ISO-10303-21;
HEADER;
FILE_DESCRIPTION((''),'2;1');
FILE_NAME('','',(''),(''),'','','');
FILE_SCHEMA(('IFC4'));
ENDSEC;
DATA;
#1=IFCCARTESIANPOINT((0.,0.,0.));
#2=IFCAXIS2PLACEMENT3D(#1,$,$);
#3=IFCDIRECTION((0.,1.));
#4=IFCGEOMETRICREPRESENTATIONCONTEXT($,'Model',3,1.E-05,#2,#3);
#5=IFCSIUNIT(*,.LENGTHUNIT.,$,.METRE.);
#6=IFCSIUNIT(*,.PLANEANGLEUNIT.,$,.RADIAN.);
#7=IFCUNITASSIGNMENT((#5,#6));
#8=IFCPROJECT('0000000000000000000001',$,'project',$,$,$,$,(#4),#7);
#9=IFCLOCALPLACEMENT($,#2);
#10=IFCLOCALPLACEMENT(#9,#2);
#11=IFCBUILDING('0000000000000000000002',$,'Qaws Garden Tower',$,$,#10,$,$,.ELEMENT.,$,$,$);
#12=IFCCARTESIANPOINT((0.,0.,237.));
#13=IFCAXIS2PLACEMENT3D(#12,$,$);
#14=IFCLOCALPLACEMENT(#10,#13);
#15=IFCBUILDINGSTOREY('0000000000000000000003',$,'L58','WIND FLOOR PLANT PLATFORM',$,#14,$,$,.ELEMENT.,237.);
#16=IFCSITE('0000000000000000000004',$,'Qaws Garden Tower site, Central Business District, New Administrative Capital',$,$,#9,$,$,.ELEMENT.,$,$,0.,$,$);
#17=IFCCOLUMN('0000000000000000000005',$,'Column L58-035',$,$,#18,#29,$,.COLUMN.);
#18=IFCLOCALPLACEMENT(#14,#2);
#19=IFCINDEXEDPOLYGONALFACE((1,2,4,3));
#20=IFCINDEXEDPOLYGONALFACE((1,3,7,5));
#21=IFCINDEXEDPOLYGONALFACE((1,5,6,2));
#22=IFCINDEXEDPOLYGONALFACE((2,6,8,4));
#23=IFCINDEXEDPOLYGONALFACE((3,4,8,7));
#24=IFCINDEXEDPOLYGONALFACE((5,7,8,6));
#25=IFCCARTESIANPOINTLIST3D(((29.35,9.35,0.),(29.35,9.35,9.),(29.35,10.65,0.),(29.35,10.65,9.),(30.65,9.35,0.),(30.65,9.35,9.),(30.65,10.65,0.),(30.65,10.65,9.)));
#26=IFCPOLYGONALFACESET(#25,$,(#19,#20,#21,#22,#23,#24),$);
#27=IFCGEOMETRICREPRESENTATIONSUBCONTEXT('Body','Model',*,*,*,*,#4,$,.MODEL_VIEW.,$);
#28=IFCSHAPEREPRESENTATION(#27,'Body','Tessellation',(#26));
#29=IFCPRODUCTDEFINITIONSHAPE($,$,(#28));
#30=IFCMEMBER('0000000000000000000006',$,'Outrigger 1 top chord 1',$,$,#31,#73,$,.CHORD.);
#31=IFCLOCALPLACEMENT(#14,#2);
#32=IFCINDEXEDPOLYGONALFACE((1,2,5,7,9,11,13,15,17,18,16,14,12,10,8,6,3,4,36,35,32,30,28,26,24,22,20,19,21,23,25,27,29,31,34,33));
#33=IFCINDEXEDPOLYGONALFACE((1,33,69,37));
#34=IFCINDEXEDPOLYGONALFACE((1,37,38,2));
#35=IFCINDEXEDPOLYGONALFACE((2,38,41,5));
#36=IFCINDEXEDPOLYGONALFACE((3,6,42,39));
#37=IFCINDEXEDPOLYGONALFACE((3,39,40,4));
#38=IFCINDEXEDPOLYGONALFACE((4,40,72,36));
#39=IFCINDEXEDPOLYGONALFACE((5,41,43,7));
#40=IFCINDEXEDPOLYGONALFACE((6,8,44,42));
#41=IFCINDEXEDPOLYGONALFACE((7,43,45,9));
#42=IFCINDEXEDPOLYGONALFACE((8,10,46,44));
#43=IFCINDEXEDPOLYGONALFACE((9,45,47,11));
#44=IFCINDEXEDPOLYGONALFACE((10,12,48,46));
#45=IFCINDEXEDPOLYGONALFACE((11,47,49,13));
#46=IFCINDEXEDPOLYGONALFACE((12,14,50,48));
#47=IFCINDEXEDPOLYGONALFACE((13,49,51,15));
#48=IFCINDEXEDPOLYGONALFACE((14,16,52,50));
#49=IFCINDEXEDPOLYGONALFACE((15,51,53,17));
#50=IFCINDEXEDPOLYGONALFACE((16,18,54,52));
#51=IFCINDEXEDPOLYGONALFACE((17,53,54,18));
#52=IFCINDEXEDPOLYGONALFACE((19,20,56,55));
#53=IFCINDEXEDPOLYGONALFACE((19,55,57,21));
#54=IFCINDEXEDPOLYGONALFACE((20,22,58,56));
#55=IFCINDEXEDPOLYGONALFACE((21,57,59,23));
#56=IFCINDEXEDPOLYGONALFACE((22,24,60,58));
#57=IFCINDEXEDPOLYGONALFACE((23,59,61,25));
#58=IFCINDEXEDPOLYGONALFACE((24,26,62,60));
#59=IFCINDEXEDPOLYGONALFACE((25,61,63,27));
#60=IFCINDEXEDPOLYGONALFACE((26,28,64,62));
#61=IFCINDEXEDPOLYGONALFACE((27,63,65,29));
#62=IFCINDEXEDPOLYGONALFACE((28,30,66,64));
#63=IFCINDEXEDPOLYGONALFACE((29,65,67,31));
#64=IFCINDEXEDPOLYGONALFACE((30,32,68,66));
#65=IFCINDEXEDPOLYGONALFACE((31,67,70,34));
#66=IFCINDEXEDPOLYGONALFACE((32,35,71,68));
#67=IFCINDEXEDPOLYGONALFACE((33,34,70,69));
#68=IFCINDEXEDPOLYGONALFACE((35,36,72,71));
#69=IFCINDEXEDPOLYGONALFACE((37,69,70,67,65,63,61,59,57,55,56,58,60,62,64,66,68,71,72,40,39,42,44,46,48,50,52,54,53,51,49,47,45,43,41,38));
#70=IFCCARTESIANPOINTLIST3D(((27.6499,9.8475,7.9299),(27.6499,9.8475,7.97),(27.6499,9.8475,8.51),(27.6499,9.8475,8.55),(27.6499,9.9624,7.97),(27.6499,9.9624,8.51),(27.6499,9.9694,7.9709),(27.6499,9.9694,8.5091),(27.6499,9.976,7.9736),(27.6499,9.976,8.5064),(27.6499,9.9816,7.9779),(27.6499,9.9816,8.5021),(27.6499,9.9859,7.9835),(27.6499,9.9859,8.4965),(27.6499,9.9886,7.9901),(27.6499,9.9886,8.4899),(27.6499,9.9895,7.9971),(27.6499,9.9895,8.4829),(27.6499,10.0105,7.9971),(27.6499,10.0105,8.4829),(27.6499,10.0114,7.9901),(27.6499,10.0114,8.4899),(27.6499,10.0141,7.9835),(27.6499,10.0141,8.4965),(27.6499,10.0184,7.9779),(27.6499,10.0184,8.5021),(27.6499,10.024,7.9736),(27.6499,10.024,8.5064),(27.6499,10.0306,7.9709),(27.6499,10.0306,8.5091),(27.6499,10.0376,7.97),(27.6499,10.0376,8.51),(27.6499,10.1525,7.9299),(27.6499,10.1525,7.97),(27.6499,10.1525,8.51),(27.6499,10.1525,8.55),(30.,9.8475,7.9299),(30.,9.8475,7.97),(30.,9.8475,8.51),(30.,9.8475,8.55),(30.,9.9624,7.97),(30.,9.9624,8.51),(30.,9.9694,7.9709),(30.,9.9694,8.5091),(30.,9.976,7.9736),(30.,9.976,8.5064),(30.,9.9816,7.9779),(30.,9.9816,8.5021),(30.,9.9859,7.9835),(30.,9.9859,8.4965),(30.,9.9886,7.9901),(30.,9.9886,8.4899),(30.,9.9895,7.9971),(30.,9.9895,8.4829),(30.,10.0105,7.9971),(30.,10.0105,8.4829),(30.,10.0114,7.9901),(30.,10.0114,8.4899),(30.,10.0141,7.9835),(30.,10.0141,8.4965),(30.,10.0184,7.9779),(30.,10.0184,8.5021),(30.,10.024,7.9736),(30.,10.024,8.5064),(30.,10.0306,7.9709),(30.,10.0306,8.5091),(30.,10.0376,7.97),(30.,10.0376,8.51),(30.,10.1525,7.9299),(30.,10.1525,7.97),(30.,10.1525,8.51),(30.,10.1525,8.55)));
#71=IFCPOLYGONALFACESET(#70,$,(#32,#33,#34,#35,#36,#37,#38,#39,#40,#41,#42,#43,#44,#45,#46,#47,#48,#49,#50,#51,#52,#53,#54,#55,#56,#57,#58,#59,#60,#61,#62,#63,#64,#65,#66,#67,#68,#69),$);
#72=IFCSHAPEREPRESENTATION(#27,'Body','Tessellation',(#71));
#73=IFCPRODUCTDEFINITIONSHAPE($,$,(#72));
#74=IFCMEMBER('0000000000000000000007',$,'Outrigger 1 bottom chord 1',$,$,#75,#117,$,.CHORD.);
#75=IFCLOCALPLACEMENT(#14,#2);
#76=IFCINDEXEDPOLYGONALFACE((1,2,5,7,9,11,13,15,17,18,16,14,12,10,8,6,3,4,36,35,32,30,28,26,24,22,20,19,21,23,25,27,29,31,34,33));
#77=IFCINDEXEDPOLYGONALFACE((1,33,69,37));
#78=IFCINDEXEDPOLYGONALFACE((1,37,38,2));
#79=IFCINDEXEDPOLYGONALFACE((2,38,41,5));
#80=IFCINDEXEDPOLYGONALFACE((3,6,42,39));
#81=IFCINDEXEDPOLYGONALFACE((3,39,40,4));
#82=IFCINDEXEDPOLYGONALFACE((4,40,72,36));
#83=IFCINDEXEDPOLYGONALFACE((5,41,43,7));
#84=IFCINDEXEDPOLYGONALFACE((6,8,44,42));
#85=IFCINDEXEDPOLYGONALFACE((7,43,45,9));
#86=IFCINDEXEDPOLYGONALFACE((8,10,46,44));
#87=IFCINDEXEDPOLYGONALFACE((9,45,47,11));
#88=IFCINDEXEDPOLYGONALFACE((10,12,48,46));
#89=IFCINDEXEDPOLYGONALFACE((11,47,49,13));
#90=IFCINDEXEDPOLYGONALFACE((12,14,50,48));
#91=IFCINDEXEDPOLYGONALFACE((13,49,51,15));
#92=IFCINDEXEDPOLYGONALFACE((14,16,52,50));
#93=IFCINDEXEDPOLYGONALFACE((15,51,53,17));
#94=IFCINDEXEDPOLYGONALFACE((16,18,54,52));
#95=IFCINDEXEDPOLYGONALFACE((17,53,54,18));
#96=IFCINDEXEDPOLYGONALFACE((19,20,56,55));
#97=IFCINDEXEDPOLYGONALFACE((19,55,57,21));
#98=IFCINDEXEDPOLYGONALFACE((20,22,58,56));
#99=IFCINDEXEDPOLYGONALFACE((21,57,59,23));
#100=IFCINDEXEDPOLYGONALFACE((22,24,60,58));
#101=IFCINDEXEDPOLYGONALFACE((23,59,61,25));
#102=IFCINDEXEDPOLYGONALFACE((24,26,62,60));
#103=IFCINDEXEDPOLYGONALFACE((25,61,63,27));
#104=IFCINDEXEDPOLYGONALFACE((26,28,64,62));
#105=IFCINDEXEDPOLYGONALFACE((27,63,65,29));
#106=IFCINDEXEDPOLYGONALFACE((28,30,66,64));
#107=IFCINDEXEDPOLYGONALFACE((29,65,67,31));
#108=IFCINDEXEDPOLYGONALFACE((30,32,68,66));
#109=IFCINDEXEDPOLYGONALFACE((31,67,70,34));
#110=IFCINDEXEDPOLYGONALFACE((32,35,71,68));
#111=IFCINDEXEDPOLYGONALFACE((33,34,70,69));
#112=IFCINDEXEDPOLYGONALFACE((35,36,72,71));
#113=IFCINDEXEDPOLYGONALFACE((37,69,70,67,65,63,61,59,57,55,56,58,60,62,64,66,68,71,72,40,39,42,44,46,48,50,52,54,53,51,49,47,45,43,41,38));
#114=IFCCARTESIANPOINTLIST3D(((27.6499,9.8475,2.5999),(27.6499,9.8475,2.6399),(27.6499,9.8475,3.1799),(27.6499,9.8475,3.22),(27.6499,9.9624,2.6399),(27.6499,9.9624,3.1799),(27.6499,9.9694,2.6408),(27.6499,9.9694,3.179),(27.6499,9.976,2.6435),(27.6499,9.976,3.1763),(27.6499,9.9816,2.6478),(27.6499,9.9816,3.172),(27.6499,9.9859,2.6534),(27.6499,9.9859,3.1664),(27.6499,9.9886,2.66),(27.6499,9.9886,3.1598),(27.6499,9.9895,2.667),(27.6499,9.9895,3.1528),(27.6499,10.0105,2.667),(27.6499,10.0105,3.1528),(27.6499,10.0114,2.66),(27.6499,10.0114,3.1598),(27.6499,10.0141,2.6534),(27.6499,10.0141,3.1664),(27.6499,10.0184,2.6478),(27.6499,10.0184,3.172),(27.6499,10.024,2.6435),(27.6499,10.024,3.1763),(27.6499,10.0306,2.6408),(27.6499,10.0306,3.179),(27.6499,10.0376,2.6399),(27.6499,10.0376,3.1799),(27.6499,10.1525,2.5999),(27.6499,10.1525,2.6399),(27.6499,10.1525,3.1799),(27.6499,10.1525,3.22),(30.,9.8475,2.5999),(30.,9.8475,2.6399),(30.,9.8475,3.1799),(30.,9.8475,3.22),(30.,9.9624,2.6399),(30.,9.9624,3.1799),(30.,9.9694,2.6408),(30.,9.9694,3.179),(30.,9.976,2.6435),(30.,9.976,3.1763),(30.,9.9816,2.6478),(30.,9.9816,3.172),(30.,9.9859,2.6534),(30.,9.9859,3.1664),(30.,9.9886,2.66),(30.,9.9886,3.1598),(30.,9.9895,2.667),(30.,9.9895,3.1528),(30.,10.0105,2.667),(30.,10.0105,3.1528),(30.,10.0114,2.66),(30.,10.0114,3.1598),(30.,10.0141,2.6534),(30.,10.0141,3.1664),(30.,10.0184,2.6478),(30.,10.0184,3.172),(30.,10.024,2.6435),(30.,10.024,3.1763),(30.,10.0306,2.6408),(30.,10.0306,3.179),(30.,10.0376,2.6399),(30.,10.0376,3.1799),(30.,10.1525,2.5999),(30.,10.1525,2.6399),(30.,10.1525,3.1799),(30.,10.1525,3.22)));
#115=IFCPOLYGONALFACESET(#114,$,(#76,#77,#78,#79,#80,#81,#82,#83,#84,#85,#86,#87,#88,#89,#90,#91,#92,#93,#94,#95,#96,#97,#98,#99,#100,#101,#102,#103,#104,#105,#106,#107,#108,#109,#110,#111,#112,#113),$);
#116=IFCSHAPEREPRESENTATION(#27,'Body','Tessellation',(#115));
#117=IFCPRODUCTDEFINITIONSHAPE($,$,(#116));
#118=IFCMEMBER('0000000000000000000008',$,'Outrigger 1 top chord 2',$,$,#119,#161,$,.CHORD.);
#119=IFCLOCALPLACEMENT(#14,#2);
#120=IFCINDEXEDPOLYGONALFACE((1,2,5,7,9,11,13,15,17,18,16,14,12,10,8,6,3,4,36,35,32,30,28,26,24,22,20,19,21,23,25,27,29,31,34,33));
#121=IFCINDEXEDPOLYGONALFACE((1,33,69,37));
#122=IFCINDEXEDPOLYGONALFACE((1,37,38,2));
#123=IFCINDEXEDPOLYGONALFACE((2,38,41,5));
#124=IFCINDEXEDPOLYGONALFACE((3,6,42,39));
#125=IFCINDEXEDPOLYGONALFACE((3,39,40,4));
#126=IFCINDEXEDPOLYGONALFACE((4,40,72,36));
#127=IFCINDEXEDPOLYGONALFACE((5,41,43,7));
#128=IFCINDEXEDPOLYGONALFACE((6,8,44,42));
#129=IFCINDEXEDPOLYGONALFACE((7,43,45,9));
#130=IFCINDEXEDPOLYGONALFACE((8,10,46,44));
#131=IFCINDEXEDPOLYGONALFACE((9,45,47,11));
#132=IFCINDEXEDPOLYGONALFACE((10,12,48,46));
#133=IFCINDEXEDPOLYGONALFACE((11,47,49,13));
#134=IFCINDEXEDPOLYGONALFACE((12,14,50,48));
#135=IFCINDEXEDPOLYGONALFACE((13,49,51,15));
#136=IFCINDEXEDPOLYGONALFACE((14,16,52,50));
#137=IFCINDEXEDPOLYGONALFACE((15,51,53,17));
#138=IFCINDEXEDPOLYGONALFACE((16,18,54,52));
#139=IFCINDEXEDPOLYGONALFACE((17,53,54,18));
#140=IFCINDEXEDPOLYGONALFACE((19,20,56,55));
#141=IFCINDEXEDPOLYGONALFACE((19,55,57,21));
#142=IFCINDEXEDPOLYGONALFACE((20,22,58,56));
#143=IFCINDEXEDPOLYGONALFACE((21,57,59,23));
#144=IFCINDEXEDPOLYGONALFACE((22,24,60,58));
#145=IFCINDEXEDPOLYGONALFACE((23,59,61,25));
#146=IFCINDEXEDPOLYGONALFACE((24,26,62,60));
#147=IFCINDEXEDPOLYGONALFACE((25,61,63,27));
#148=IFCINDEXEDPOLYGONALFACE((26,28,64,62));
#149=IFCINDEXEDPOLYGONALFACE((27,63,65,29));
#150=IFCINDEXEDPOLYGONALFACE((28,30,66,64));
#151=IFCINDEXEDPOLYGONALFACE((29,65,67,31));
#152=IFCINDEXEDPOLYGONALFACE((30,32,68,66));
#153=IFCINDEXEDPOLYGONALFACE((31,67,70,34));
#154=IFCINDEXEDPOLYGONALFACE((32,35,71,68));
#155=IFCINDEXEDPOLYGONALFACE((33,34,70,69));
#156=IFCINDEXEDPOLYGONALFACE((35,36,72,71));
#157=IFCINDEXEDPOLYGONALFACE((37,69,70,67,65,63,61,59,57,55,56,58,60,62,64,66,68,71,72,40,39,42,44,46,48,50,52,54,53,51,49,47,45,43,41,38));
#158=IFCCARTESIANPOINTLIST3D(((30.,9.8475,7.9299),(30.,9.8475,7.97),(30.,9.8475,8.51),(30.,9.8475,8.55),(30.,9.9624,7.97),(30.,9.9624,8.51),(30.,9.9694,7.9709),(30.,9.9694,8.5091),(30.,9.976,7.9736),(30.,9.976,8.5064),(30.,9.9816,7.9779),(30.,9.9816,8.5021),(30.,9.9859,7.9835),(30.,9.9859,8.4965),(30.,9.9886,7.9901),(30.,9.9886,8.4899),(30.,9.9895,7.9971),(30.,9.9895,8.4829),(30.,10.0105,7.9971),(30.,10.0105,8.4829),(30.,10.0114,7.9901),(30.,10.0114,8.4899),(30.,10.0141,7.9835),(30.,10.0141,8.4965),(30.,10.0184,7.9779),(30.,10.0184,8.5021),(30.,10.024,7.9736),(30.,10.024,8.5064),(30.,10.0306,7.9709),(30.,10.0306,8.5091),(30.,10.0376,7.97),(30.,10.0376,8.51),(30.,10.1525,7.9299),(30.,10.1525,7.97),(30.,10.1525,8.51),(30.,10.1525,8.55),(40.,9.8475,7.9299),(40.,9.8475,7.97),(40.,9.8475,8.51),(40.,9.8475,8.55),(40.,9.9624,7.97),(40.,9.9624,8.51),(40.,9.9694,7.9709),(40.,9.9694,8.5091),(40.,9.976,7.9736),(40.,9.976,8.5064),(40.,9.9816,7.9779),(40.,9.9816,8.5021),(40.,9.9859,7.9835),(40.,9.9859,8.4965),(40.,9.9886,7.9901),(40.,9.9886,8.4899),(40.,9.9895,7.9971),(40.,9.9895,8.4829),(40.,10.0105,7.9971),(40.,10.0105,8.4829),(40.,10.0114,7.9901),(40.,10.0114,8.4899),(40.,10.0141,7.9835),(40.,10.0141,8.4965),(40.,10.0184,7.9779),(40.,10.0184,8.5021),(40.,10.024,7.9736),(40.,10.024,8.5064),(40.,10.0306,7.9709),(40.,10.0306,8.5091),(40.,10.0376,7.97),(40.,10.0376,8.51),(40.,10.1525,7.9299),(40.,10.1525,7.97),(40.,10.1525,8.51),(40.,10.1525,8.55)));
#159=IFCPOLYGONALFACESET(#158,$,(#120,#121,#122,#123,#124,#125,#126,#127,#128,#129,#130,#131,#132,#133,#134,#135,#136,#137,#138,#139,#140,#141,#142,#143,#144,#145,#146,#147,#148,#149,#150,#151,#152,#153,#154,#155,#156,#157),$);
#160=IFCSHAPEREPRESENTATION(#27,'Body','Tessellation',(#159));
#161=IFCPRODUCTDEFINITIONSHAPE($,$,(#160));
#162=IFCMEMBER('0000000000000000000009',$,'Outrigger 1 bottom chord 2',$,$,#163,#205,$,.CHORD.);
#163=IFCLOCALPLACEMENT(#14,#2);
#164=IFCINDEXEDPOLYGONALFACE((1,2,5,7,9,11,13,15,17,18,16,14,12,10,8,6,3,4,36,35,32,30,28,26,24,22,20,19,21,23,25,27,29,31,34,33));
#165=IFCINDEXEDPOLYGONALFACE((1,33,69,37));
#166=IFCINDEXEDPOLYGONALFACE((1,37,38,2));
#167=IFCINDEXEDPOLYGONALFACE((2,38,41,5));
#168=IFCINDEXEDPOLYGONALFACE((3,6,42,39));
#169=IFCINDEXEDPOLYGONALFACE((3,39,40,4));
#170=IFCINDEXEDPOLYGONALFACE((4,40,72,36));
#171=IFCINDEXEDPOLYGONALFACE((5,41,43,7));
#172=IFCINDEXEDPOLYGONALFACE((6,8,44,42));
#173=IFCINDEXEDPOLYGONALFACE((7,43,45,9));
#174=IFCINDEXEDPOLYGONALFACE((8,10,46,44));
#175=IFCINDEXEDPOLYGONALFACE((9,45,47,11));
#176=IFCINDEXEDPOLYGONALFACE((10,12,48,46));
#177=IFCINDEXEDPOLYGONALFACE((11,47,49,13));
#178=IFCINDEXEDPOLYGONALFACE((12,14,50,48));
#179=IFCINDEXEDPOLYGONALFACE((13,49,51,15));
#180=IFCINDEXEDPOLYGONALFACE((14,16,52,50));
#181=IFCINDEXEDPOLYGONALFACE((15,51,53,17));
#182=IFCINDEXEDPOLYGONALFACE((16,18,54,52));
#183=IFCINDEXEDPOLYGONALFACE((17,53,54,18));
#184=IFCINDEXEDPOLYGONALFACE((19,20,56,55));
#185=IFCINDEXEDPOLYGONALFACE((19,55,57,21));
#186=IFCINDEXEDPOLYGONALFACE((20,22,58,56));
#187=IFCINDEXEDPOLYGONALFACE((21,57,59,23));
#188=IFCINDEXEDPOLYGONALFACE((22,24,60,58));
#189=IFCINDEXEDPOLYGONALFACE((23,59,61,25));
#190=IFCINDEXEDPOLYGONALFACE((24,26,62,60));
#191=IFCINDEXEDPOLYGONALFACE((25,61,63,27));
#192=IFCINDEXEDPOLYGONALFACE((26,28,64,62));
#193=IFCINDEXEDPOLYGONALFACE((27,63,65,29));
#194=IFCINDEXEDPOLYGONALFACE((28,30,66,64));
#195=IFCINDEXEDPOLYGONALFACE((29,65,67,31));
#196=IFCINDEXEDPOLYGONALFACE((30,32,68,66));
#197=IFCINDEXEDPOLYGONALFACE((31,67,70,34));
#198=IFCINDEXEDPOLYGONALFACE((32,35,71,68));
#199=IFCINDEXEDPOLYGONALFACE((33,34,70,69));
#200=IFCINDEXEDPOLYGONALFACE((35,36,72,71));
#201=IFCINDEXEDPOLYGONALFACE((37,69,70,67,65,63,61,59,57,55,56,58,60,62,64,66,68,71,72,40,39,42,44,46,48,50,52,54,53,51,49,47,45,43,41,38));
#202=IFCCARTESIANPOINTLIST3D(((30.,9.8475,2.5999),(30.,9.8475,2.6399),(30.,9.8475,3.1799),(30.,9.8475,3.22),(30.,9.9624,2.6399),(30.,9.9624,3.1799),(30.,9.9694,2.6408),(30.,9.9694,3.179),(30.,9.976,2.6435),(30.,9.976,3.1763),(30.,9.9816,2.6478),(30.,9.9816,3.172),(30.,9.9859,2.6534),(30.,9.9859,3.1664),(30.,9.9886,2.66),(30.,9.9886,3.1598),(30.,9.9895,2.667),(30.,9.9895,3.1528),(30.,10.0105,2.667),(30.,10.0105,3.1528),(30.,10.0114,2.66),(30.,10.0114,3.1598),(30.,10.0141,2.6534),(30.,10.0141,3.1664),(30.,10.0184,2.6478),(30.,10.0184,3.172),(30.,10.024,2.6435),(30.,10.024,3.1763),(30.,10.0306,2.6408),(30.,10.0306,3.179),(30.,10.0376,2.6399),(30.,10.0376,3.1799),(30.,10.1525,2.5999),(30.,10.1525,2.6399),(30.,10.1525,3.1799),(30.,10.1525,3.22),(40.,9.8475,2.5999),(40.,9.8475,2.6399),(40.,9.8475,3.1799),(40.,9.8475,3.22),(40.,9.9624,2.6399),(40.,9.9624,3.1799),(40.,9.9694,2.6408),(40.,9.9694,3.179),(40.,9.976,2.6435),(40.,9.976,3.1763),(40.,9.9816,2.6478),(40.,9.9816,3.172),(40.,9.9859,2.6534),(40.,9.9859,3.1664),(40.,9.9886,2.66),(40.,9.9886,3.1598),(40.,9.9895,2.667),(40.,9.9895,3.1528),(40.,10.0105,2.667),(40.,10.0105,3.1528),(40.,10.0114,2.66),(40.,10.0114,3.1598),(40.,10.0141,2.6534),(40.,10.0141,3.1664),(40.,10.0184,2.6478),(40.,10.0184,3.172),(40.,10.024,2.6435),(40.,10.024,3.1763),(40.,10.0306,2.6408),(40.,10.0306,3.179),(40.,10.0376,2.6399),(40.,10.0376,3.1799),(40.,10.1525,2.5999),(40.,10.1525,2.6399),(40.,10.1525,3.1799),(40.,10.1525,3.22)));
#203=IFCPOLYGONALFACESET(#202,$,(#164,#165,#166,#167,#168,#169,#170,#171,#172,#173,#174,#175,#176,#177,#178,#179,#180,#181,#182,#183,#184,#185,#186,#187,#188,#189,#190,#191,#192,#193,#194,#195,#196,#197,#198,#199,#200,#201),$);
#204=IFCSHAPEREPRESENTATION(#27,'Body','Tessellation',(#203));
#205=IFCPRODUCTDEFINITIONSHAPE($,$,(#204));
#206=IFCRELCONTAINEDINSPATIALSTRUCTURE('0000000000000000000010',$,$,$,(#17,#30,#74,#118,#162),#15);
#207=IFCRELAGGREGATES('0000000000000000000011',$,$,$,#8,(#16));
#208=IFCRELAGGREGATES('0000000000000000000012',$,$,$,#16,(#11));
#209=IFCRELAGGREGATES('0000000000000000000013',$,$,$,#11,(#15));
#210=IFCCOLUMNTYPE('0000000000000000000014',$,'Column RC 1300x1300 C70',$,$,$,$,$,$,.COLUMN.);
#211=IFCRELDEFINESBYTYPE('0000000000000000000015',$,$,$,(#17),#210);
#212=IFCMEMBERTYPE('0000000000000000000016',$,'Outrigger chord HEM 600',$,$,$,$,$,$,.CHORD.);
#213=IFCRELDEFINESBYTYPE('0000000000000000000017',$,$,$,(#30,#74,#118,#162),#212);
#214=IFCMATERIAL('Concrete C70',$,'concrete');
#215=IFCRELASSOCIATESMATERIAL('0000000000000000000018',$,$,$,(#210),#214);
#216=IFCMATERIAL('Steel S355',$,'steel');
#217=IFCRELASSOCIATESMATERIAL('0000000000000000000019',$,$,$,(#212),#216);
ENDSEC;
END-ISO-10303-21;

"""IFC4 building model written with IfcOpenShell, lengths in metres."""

from ifc_helpers import new_model, si_unit, direction, frame, origin, origin_2d, place, context, subcontext, project, spatial, rectangle, i_section, extrude, material, material_profile, profile_set, type_object, element, save


model = new_model("IFC4")

# Units and contexts
model_context = context("Model", 3, precision=1e-05, world=origin(), true_north=direction((0.0, 1.0)))
body_context = subcontext(model_context, "Body", "Model", "MODEL_VIEW")
ifc_project = project(units=[si_unit("LENGTHUNIT", "METRE"), si_unit("PLANEANGLEUNIT", "RADIAN")], contexts=[model_context])

# Site, building, storey
site_placement = place(None, origin())
site = spatial("IfcSite", under=ifc_project, at=site_placement, Name="Qaws Garden Tower site, Central Business District, New Administrative Capital", CompositionType="ELEMENT", RefElevation=0.0)
building_placement = place(site_placement, origin())
building = spatial("IfcBuilding", under=site, at=building_placement, Name="Qaws Garden Tower", CompositionType="ELEMENT")
storey_placement = place(building_placement, frame((0.0, 0.0, 237.0)))
storey = spatial("IfcBuildingStorey", under=building, at=storey_placement, Name="L58", Description="WIND FLOOR PLANT PLATFORM", CompositionType="ELEMENT", Elevation=237.0)

# Column
ifc_material_1 = material(Name="Concrete C70", Category="concrete")
ifc_material_profile_1 = material_profile(ifc_material_1, rectangle(XDim=1.3, YDim=1.3, at=origin_2d()), Name="RC 1300x1300")
ifc_profile_set_1 = profile_set([ifc_material_profile_1], Name="Concrete C70")
column_type = type_object("IfcColumnType", Name="Column RC 1300x1300 C70", PredefinedType="COLUMN", material=ifc_profile_set_1)
column_placement = place(storey_placement, frame((30.0, 10.0, 0.0), z_axis=(0.0, 0.0, 1.0), x_axis=(1.0, 0.0, 0.0)))
element("IfcColumn", 1, at=column_placement, inside=storey, type_object=column_type, Name="Column L58-035", PredefinedType="COLUMN", context=body_context, shape_type="SweptSolid", body=[
    extrude(rectangle(XDim=1.3, YDim=1.3, at=origin_2d()), origin(), (0.0, 0.0, 1.0), 9.0),
])

# Members
ifc_material_2 = material(Name="Steel S355", Category="steel")
ifc_material_profile_2 = material_profile(ifc_material_2, i_section(OverallWidth=0.3049, OverallDepth=0.6201, WebThickness=0.021, FlangeThickness=0.04, FilletRadius=0.0271, at=origin_2d()), Name="HEM 600")
ifc_profile_set_2 = profile_set([ifc_material_profile_2], Name="Steel S355")
member_type = type_object("IfcMemberType", Name="Outrigger chord HEM 600", PredefinedType="CHORD", material=ifc_profile_set_2)
for number, where, z_axis, x_axis, name in (
    (2, (27.6499, 10.0, 8.24), (1.0, 0.0, 0.0), (0.0, 1.0, 0.0), "Outrigger 1 top chord 1"),
    (3, (27.6499, 10.0, 2.9099), (1.0, 0.0, 0.0), (0.0, 1.0, 0.0), "Outrigger 1 bottom chord 1"),
):
    element("IfcMember", number, at=place(storey_placement, frame(where, z_axis=z_axis, x_axis=x_axis)), inside=storey, type_object=member_type, Name=name, PredefinedType="CHORD", context=body_context, shape_type="SweptSolid", body=[
        extrude(i_section(OverallWidth=0.3049, OverallDepth=0.6201, WebThickness=0.021, FlangeThickness=0.04, FilletRadius=0.0271, at=origin_2d()), origin(), (0.0, 0.0, 1.0), 2.3501),
    ])
for number, where, z_axis, x_axis, name in (
    (4, (30.0, 10.0, 8.24), (1.0, 0.0, 0.0), (0.0, 1.0, 0.0), "Outrigger 1 top chord 2"),
    (5, (30.0, 10.0, 2.9099), (1.0, 0.0, 0.0), (0.0, 1.0, 0.0), "Outrigger 1 bottom chord 2"),
):
    element("IfcMember", number, at=place(storey_placement, frame(where, z_axis=z_axis, x_axis=x_axis)), inside=storey, type_object=member_type, Name=name, PredefinedType="CHORD", context=body_context, shape_type="SweptSolid", body=[
        extrude(i_section(OverallWidth=0.3049, OverallDepth=0.6201, WebThickness=0.021, FlangeThickness=0.04, FilletRadius=0.0271, at=origin_2d()), origin(), (0.0, 0.0, 1.0), 10.0),
    ])

save(model, "model.ifc")
